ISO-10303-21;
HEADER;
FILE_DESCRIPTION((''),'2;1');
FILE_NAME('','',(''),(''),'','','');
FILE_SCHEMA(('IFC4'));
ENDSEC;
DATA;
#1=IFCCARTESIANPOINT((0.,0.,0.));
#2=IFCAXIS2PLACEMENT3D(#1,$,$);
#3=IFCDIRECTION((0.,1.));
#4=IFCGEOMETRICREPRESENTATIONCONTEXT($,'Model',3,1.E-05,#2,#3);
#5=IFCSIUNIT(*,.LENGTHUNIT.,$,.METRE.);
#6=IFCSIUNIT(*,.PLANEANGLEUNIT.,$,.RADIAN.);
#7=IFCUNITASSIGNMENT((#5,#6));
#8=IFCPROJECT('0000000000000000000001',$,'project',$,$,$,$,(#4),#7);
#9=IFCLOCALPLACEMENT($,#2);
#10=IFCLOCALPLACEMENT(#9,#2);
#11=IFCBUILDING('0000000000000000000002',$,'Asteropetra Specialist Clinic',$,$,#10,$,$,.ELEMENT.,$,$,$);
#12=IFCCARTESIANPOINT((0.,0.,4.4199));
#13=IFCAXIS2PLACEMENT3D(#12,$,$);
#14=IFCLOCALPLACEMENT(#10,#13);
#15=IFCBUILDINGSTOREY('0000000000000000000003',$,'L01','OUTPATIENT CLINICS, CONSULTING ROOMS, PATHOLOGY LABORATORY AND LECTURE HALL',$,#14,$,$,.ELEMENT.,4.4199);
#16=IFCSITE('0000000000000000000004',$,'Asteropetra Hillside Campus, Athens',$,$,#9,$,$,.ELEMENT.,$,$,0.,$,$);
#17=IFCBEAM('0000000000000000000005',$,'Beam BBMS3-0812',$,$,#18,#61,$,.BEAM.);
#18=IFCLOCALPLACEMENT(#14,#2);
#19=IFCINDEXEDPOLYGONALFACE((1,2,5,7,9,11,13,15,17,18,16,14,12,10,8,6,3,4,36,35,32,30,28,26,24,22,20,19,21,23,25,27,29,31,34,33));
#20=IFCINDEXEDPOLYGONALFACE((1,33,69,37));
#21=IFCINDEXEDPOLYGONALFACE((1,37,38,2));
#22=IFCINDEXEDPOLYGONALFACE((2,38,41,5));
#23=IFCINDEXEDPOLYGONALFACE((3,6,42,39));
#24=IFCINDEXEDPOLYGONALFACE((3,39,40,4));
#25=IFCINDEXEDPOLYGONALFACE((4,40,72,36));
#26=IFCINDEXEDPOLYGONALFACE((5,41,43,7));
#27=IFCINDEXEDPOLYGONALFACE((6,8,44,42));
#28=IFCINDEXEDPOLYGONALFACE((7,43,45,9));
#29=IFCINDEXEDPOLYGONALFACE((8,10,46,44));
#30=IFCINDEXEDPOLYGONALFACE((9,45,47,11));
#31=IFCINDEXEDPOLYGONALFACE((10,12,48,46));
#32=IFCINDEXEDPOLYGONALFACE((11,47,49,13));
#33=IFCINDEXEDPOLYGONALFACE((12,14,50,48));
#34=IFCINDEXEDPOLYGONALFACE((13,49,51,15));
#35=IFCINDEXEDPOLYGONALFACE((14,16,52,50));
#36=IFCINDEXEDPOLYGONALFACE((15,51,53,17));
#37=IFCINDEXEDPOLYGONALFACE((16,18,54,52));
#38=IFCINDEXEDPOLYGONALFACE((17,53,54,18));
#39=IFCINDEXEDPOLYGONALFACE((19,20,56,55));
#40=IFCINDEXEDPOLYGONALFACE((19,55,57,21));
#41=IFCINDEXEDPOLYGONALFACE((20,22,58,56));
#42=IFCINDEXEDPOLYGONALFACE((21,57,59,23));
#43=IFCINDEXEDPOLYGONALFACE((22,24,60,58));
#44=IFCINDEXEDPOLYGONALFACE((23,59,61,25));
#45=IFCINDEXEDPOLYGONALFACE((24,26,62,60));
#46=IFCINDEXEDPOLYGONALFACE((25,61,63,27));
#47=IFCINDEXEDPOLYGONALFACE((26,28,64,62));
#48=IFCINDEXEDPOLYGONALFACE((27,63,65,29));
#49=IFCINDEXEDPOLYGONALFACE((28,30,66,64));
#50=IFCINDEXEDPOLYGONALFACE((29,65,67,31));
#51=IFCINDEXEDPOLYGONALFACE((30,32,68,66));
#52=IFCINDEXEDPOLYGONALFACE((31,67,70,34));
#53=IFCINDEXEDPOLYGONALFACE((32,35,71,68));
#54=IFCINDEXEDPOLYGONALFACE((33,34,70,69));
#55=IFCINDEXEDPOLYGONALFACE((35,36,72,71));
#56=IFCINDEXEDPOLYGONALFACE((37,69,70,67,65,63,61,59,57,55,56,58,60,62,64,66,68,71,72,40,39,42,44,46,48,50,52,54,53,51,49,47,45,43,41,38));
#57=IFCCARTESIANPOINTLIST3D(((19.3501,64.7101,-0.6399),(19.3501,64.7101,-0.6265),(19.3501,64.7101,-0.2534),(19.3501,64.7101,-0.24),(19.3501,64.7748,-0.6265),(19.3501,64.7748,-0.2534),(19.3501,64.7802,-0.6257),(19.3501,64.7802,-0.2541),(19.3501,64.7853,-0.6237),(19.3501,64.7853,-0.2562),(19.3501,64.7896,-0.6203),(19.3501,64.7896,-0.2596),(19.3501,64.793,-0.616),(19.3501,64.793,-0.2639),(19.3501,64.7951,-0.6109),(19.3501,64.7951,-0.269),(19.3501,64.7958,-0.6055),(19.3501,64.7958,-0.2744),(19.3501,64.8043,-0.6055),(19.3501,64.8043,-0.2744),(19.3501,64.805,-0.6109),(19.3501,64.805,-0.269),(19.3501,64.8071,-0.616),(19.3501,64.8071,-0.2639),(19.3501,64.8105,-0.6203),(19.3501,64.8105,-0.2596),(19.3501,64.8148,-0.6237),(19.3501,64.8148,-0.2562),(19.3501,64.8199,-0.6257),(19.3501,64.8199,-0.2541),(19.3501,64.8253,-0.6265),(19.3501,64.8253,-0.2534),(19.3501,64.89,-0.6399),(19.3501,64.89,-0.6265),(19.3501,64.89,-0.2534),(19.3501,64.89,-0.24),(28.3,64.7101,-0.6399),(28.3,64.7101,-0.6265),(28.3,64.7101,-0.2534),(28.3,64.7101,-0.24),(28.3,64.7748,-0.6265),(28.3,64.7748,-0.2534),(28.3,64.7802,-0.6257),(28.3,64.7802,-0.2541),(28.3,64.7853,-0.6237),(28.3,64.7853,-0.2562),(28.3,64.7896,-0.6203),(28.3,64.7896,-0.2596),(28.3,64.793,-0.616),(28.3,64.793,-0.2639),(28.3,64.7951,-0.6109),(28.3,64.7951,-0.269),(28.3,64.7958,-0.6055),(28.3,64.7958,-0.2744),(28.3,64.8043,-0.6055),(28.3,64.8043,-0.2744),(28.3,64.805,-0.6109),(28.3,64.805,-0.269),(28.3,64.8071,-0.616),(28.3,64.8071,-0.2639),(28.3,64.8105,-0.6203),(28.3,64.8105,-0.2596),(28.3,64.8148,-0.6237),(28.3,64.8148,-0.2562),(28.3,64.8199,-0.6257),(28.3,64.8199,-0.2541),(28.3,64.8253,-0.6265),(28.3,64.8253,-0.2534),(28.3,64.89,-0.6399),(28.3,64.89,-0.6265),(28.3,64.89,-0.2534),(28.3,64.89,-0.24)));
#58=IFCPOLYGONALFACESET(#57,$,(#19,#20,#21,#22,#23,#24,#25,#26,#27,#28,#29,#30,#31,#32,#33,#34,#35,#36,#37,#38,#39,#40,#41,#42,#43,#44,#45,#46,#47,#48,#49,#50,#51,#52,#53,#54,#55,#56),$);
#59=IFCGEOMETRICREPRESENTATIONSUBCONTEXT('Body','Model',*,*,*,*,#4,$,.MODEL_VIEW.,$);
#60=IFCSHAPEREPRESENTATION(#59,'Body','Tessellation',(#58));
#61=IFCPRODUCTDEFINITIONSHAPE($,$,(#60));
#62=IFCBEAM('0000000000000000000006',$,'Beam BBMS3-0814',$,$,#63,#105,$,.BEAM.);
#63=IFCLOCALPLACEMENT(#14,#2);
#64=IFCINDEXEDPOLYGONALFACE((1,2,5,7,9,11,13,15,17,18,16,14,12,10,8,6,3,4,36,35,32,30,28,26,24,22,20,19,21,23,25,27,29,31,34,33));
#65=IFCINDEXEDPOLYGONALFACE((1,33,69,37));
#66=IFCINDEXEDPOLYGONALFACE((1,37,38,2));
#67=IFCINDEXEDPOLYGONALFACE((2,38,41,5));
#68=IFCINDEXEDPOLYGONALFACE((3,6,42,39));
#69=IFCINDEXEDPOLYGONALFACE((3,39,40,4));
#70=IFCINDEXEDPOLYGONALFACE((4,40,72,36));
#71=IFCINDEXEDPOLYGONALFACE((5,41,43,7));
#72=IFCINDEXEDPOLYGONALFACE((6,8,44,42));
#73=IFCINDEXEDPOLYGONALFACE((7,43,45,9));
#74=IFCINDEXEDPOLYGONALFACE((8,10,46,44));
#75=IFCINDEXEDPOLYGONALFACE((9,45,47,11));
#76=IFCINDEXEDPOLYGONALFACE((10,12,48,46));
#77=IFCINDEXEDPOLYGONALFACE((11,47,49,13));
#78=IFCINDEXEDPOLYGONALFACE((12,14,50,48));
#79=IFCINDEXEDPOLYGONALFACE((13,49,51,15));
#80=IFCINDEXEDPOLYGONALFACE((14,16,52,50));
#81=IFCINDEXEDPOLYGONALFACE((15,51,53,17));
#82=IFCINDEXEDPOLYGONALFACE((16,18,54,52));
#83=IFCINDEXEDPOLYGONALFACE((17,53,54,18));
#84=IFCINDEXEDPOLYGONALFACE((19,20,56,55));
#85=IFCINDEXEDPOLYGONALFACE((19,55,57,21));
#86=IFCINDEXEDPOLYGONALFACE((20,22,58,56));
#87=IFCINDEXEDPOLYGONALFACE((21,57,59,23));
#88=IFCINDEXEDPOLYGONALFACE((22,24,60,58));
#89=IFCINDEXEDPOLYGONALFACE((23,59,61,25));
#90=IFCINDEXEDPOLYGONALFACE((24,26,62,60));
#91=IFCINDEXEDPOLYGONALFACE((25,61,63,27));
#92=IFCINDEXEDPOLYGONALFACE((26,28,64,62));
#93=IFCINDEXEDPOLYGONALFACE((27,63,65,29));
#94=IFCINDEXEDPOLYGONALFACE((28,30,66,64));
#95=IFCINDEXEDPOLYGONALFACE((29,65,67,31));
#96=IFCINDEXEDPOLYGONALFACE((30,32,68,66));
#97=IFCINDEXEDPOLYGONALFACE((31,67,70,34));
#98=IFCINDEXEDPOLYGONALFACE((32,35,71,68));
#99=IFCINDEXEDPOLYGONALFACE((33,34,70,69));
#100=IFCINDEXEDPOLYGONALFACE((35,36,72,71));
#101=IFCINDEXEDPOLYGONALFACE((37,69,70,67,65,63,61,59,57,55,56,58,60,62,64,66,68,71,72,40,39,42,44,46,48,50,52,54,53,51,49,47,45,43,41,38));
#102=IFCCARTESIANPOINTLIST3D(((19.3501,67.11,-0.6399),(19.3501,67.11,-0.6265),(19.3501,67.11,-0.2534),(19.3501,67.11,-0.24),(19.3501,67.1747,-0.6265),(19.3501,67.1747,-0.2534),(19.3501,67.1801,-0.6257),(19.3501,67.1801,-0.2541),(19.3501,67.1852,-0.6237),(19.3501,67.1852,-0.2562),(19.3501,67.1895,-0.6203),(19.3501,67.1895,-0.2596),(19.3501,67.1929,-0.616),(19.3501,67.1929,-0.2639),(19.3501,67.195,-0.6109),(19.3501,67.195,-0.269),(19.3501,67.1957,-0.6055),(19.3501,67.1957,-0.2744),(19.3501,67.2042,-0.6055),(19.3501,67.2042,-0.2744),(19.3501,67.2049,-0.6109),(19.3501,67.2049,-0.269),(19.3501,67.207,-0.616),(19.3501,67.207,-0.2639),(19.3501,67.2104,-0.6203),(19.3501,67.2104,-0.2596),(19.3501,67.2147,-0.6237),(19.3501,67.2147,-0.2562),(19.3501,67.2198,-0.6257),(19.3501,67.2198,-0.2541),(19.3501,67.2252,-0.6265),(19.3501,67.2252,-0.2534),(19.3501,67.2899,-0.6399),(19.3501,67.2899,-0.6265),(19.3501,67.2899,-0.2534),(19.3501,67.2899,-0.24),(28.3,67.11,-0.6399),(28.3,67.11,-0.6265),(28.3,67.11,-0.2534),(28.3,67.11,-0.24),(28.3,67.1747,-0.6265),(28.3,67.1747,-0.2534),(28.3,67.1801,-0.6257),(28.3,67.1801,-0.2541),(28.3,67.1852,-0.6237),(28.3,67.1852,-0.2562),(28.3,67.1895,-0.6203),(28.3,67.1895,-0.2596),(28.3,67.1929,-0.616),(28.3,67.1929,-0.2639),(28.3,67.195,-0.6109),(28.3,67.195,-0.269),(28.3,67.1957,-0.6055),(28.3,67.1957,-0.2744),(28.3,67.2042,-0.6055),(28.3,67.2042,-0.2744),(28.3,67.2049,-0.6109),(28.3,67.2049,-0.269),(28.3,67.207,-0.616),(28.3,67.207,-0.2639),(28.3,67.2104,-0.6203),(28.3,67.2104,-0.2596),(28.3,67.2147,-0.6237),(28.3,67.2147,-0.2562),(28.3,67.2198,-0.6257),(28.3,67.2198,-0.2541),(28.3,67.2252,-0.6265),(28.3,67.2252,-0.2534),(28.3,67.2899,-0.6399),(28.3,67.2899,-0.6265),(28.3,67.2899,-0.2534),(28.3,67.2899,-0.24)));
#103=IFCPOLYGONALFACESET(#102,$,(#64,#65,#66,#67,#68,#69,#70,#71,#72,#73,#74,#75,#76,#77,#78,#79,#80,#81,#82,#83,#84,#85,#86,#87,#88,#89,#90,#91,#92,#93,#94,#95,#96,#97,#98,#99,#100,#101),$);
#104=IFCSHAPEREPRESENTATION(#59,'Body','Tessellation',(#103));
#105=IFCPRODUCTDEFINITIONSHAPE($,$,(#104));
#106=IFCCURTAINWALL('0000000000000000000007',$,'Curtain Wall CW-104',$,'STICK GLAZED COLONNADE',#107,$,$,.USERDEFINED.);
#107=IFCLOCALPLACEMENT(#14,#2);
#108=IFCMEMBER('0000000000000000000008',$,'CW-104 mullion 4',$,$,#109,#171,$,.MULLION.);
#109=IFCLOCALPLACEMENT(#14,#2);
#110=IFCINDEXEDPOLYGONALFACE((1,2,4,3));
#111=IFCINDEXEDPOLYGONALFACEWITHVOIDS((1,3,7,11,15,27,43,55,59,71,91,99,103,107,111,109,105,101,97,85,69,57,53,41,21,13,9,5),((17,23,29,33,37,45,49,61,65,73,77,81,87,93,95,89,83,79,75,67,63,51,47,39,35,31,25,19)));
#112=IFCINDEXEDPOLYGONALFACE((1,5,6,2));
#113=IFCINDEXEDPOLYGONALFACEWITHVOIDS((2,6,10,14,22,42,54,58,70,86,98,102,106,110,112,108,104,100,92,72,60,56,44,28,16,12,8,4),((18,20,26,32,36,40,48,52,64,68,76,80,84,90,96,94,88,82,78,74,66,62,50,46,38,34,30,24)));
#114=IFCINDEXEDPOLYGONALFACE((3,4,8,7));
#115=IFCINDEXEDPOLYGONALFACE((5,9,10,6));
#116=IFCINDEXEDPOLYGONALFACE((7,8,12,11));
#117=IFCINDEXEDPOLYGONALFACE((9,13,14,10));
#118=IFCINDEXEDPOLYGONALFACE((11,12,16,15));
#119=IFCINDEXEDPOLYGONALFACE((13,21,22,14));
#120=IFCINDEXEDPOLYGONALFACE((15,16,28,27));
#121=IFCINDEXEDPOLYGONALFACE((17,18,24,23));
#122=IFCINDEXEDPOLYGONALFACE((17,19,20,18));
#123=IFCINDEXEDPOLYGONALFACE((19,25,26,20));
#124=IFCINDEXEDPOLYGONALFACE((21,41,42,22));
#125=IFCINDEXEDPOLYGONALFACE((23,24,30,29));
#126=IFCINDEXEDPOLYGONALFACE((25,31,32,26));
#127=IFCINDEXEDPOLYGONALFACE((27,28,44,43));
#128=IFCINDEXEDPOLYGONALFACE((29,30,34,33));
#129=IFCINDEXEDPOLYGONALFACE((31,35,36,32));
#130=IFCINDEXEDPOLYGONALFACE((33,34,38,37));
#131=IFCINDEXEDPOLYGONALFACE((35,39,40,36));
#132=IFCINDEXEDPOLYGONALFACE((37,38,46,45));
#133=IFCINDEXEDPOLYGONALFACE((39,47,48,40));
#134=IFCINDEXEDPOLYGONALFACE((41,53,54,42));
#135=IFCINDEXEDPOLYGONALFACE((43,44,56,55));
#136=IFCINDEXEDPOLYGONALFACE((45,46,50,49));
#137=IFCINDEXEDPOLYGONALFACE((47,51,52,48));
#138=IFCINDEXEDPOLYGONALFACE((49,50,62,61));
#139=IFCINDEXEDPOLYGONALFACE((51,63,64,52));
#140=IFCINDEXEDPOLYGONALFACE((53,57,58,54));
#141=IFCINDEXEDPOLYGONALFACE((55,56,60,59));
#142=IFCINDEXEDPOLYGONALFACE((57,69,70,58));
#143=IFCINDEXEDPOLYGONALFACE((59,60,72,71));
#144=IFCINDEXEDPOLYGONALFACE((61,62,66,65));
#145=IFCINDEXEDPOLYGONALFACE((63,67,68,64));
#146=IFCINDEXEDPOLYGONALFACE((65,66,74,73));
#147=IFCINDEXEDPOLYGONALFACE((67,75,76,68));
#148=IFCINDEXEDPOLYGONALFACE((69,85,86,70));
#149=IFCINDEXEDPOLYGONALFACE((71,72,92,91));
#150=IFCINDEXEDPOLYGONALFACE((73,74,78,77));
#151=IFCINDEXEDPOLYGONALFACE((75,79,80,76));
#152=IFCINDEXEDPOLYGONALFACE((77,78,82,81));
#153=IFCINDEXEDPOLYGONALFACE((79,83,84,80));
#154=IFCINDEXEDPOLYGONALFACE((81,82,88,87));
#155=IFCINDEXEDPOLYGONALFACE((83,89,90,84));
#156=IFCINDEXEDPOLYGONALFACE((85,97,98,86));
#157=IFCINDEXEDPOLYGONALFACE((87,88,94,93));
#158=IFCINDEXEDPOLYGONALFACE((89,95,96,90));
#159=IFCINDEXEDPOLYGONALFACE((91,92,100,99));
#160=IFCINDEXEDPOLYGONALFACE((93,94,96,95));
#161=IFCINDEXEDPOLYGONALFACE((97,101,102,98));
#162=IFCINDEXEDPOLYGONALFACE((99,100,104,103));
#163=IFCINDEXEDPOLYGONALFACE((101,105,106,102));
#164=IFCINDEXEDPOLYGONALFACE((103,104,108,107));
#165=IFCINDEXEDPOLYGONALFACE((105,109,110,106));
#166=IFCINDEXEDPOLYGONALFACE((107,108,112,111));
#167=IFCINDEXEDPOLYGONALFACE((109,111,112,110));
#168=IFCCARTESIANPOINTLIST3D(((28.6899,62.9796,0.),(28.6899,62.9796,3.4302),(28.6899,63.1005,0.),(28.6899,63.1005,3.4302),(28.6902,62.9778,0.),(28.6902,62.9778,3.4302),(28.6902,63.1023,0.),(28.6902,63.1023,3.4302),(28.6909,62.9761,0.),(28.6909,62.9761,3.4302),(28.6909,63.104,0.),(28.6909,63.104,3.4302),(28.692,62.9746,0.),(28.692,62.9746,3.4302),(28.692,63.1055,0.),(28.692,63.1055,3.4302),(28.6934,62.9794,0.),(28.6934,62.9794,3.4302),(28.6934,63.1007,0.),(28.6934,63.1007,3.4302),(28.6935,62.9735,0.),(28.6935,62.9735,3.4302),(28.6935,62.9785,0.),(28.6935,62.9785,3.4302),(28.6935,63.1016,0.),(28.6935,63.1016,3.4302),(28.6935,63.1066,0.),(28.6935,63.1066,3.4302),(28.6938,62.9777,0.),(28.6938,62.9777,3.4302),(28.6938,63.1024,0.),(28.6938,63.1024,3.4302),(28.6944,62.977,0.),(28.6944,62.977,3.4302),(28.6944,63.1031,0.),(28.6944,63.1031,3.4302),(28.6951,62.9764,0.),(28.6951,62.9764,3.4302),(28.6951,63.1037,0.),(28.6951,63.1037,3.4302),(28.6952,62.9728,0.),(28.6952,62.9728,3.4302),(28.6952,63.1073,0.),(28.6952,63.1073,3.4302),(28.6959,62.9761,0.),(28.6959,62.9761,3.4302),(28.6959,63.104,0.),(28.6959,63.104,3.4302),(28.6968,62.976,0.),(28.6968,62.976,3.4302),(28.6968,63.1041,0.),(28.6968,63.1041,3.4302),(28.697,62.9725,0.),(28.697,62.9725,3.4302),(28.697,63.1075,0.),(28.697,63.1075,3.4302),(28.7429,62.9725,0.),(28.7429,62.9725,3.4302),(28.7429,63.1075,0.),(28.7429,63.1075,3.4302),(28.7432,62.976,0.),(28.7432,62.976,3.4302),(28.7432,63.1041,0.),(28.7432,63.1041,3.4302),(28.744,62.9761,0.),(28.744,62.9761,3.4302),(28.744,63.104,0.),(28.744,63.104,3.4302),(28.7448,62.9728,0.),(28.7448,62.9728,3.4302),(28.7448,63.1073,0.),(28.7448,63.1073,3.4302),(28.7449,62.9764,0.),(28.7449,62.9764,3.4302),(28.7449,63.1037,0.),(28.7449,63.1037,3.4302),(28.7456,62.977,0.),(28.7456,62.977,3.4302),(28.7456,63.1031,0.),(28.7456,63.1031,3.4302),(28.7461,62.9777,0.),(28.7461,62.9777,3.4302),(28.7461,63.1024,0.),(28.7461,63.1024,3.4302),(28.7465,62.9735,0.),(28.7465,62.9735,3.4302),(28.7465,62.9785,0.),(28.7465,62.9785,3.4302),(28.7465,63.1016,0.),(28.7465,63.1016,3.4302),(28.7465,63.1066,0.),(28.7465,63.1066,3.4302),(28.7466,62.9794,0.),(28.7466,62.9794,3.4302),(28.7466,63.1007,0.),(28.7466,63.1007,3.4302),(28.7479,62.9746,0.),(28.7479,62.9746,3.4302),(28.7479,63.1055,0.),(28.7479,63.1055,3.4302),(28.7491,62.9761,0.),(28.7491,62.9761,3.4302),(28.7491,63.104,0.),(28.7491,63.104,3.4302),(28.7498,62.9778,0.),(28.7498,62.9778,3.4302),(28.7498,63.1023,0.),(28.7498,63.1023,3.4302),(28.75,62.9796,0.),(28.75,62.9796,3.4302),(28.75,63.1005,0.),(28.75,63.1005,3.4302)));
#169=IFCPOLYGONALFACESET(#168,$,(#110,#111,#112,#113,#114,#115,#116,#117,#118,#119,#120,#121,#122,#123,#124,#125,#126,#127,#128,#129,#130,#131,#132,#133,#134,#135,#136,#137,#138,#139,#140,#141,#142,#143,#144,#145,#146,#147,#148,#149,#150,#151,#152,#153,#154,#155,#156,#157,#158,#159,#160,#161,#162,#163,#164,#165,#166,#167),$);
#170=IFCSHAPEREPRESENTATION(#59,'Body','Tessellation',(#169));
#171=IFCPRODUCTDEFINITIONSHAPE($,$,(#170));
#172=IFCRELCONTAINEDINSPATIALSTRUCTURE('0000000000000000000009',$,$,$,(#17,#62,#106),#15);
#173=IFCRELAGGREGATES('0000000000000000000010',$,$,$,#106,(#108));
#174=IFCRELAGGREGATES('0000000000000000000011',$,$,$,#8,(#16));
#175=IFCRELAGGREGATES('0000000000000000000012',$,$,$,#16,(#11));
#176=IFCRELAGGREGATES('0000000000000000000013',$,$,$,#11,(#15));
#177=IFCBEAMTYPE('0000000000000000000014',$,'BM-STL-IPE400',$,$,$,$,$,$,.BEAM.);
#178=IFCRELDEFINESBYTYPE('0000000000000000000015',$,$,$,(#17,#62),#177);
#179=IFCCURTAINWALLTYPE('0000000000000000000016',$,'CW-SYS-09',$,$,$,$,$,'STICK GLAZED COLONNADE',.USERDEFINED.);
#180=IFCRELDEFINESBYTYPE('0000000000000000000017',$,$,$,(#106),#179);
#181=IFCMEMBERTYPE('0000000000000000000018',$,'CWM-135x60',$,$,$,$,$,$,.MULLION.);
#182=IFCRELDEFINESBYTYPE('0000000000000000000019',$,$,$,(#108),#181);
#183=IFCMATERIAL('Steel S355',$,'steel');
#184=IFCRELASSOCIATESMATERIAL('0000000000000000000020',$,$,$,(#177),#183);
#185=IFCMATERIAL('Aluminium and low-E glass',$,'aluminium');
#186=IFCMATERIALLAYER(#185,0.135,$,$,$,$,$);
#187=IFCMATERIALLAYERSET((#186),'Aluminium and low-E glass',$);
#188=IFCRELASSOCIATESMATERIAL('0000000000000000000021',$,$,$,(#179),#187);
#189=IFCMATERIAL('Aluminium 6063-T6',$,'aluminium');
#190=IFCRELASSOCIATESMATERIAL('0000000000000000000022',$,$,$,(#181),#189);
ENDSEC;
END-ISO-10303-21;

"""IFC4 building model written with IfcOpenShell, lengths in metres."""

from ifc_helpers import new_model, si_unit, direction, frame, origin, origin_2d, place, context, subcontext, project, spatial, hollow_rectangle, i_section, extrude, material, layer, layer_set, material_profile, profile_set, type_object, element, aggregate, save


model = new_model("IFC4")

# Units and contexts
model_context = context("Model", 3, precision=1e-05, world=origin(), true_north=direction((0.0, 1.0)))
body_context = subcontext(model_context, "Body", "Model", "MODEL_VIEW")
ifc_project = project(units=[si_unit("LENGTHUNIT", "METRE"), si_unit("PLANEANGLEUNIT", "RADIAN")], contexts=[model_context])

# Site, building, storey
site_placement = place(None, origin())
site = spatial("IfcSite", under=ifc_project, at=site_placement, Name="Asteropetra Hillside Campus, Athens", CompositionType="ELEMENT", RefElevation=0.0)
building_placement = place(site_placement, origin())
building = spatial("IfcBuilding", under=site, at=building_placement, Name="Asteropetra Specialist Clinic", CompositionType="ELEMENT")
storey_placement = place(building_placement, frame((0.0, 0.0, 4.4199)))
storey = spatial("IfcBuildingStorey", under=building, at=storey_placement, Name="L01", Description="OUTPATIENT CLINICS, CONSULTING ROOMS, PATHOLOGY LABORATORY AND LECTURE HALL", CompositionType="ELEMENT", Elevation=4.4199)

# Beams
ifc_material_1 = material(Name="Steel S355", Category="steel")
ifc_material_profile_1 = material_profile(ifc_material_1, i_section(OverallWidth=0.1799, OverallDepth=0.3999, WebThickness=0.0085, FlangeThickness=0.0134, FilletRadius=0.021, at=origin_2d()), Name="IPE 400")
ifc_profile_set_1 = profile_set([ifc_material_profile_1], Name="Steel S355")
beam_type_1 = type_object("IfcBeamType", Name="BM-STL-IPE400", PredefinedType="BEAM", material=ifc_profile_set_1)
for number, where, z_axis, x_axis, name in (
    (1, (19.3501, 64.8, -0.4399), (1.0, 0.0, 0.0), (0.0, 1.0, 0.0), "Beam BBMS3-0812"),
    (2, (19.3501, 67.2, -0.4399), (1.0, 0.0, 0.0), (0.0, 1.0, 0.0), "Beam BBMS3-0814"),
):
    element("IfcBeam", number, at=place(storey_placement, frame(where, z_axis=z_axis, x_axis=x_axis)), inside=storey, type_object=beam_type_1, Name=name, PredefinedType="BEAM", context=body_context, shape_type="SweptSolid", body=[
        extrude(i_section(OverallWidth=0.1799, OverallDepth=0.3999, WebThickness=0.0085, FlangeThickness=0.0134, FilletRadius=0.021, at=origin_2d()), origin(), (0.0, 0.0, 1.0), 8.95),
    ])

# Curtain wall, member
ifc_material_2 = material(Name="Aluminium and low-E glass", Category="aluminium")
ifc_layer_1 = layer(ifc_material_2, 0.135)
ifc_layer_set_1 = layer_set([ifc_layer_1], Name="Aluminium and low-E glass")
curtain_wall_type = type_object("IfcCurtainWallType", Name="CW-SYS-09", ElementType="STICK GLAZED COLONNADE", PredefinedType="USERDEFINED", material=ifc_layer_set_1)
curtain_wall_placement = place(storey_placement, origin())
curtain_wall = element("IfcCurtainWall", 3, at=curtain_wall_placement, inside=storey, type_object=curtain_wall_type, Name="Curtain Wall CW-104", ObjectType="STICK GLAZED COLONNADE", PredefinedType="USERDEFINED")
ifc_material_3 = material(Name="Aluminium 6063-T6", Category="aluminium")
ifc_material_profile_2 = material_profile(ifc_material_3, hollow_rectangle(XDim=0.0601, YDim=0.135, WallThickness=0.0034, InnerFilletRadius=0.0034, OuterFilletRadius=0.0071, at=origin_2d()), Name="MUL 135x60x3.5")
ifc_profile_set_2 = profile_set([ifc_material_profile_2], Name="Aluminium 6063-T6")
member_type = type_object("IfcMemberType", Name="CWM-135x60", PredefinedType="MULLION", material=ifc_profile_set_2)
member_placement = place(storey_placement, frame((28.72, 63.04, 0.0), z_axis=(0.0, 0.0, 1.0), x_axis=(1.0, 0.0, 0.0)))
member = element("IfcMember", 4, at=member_placement, type_object=member_type, Name="CW-104 mullion 4", PredefinedType="MULLION", context=body_context, shape_type="SweptSolid", body=[
    extrude(hollow_rectangle(XDim=0.0601, YDim=0.135, WallThickness=0.0034, InnerFilletRadius=0.0034, OuterFilletRadius=0.0071, at=origin_2d()), origin(), (0.0, 0.0, 1.0), 3.4302),
])

aggregate(curtain_wall, [member])

save(model, "model.ifc")
